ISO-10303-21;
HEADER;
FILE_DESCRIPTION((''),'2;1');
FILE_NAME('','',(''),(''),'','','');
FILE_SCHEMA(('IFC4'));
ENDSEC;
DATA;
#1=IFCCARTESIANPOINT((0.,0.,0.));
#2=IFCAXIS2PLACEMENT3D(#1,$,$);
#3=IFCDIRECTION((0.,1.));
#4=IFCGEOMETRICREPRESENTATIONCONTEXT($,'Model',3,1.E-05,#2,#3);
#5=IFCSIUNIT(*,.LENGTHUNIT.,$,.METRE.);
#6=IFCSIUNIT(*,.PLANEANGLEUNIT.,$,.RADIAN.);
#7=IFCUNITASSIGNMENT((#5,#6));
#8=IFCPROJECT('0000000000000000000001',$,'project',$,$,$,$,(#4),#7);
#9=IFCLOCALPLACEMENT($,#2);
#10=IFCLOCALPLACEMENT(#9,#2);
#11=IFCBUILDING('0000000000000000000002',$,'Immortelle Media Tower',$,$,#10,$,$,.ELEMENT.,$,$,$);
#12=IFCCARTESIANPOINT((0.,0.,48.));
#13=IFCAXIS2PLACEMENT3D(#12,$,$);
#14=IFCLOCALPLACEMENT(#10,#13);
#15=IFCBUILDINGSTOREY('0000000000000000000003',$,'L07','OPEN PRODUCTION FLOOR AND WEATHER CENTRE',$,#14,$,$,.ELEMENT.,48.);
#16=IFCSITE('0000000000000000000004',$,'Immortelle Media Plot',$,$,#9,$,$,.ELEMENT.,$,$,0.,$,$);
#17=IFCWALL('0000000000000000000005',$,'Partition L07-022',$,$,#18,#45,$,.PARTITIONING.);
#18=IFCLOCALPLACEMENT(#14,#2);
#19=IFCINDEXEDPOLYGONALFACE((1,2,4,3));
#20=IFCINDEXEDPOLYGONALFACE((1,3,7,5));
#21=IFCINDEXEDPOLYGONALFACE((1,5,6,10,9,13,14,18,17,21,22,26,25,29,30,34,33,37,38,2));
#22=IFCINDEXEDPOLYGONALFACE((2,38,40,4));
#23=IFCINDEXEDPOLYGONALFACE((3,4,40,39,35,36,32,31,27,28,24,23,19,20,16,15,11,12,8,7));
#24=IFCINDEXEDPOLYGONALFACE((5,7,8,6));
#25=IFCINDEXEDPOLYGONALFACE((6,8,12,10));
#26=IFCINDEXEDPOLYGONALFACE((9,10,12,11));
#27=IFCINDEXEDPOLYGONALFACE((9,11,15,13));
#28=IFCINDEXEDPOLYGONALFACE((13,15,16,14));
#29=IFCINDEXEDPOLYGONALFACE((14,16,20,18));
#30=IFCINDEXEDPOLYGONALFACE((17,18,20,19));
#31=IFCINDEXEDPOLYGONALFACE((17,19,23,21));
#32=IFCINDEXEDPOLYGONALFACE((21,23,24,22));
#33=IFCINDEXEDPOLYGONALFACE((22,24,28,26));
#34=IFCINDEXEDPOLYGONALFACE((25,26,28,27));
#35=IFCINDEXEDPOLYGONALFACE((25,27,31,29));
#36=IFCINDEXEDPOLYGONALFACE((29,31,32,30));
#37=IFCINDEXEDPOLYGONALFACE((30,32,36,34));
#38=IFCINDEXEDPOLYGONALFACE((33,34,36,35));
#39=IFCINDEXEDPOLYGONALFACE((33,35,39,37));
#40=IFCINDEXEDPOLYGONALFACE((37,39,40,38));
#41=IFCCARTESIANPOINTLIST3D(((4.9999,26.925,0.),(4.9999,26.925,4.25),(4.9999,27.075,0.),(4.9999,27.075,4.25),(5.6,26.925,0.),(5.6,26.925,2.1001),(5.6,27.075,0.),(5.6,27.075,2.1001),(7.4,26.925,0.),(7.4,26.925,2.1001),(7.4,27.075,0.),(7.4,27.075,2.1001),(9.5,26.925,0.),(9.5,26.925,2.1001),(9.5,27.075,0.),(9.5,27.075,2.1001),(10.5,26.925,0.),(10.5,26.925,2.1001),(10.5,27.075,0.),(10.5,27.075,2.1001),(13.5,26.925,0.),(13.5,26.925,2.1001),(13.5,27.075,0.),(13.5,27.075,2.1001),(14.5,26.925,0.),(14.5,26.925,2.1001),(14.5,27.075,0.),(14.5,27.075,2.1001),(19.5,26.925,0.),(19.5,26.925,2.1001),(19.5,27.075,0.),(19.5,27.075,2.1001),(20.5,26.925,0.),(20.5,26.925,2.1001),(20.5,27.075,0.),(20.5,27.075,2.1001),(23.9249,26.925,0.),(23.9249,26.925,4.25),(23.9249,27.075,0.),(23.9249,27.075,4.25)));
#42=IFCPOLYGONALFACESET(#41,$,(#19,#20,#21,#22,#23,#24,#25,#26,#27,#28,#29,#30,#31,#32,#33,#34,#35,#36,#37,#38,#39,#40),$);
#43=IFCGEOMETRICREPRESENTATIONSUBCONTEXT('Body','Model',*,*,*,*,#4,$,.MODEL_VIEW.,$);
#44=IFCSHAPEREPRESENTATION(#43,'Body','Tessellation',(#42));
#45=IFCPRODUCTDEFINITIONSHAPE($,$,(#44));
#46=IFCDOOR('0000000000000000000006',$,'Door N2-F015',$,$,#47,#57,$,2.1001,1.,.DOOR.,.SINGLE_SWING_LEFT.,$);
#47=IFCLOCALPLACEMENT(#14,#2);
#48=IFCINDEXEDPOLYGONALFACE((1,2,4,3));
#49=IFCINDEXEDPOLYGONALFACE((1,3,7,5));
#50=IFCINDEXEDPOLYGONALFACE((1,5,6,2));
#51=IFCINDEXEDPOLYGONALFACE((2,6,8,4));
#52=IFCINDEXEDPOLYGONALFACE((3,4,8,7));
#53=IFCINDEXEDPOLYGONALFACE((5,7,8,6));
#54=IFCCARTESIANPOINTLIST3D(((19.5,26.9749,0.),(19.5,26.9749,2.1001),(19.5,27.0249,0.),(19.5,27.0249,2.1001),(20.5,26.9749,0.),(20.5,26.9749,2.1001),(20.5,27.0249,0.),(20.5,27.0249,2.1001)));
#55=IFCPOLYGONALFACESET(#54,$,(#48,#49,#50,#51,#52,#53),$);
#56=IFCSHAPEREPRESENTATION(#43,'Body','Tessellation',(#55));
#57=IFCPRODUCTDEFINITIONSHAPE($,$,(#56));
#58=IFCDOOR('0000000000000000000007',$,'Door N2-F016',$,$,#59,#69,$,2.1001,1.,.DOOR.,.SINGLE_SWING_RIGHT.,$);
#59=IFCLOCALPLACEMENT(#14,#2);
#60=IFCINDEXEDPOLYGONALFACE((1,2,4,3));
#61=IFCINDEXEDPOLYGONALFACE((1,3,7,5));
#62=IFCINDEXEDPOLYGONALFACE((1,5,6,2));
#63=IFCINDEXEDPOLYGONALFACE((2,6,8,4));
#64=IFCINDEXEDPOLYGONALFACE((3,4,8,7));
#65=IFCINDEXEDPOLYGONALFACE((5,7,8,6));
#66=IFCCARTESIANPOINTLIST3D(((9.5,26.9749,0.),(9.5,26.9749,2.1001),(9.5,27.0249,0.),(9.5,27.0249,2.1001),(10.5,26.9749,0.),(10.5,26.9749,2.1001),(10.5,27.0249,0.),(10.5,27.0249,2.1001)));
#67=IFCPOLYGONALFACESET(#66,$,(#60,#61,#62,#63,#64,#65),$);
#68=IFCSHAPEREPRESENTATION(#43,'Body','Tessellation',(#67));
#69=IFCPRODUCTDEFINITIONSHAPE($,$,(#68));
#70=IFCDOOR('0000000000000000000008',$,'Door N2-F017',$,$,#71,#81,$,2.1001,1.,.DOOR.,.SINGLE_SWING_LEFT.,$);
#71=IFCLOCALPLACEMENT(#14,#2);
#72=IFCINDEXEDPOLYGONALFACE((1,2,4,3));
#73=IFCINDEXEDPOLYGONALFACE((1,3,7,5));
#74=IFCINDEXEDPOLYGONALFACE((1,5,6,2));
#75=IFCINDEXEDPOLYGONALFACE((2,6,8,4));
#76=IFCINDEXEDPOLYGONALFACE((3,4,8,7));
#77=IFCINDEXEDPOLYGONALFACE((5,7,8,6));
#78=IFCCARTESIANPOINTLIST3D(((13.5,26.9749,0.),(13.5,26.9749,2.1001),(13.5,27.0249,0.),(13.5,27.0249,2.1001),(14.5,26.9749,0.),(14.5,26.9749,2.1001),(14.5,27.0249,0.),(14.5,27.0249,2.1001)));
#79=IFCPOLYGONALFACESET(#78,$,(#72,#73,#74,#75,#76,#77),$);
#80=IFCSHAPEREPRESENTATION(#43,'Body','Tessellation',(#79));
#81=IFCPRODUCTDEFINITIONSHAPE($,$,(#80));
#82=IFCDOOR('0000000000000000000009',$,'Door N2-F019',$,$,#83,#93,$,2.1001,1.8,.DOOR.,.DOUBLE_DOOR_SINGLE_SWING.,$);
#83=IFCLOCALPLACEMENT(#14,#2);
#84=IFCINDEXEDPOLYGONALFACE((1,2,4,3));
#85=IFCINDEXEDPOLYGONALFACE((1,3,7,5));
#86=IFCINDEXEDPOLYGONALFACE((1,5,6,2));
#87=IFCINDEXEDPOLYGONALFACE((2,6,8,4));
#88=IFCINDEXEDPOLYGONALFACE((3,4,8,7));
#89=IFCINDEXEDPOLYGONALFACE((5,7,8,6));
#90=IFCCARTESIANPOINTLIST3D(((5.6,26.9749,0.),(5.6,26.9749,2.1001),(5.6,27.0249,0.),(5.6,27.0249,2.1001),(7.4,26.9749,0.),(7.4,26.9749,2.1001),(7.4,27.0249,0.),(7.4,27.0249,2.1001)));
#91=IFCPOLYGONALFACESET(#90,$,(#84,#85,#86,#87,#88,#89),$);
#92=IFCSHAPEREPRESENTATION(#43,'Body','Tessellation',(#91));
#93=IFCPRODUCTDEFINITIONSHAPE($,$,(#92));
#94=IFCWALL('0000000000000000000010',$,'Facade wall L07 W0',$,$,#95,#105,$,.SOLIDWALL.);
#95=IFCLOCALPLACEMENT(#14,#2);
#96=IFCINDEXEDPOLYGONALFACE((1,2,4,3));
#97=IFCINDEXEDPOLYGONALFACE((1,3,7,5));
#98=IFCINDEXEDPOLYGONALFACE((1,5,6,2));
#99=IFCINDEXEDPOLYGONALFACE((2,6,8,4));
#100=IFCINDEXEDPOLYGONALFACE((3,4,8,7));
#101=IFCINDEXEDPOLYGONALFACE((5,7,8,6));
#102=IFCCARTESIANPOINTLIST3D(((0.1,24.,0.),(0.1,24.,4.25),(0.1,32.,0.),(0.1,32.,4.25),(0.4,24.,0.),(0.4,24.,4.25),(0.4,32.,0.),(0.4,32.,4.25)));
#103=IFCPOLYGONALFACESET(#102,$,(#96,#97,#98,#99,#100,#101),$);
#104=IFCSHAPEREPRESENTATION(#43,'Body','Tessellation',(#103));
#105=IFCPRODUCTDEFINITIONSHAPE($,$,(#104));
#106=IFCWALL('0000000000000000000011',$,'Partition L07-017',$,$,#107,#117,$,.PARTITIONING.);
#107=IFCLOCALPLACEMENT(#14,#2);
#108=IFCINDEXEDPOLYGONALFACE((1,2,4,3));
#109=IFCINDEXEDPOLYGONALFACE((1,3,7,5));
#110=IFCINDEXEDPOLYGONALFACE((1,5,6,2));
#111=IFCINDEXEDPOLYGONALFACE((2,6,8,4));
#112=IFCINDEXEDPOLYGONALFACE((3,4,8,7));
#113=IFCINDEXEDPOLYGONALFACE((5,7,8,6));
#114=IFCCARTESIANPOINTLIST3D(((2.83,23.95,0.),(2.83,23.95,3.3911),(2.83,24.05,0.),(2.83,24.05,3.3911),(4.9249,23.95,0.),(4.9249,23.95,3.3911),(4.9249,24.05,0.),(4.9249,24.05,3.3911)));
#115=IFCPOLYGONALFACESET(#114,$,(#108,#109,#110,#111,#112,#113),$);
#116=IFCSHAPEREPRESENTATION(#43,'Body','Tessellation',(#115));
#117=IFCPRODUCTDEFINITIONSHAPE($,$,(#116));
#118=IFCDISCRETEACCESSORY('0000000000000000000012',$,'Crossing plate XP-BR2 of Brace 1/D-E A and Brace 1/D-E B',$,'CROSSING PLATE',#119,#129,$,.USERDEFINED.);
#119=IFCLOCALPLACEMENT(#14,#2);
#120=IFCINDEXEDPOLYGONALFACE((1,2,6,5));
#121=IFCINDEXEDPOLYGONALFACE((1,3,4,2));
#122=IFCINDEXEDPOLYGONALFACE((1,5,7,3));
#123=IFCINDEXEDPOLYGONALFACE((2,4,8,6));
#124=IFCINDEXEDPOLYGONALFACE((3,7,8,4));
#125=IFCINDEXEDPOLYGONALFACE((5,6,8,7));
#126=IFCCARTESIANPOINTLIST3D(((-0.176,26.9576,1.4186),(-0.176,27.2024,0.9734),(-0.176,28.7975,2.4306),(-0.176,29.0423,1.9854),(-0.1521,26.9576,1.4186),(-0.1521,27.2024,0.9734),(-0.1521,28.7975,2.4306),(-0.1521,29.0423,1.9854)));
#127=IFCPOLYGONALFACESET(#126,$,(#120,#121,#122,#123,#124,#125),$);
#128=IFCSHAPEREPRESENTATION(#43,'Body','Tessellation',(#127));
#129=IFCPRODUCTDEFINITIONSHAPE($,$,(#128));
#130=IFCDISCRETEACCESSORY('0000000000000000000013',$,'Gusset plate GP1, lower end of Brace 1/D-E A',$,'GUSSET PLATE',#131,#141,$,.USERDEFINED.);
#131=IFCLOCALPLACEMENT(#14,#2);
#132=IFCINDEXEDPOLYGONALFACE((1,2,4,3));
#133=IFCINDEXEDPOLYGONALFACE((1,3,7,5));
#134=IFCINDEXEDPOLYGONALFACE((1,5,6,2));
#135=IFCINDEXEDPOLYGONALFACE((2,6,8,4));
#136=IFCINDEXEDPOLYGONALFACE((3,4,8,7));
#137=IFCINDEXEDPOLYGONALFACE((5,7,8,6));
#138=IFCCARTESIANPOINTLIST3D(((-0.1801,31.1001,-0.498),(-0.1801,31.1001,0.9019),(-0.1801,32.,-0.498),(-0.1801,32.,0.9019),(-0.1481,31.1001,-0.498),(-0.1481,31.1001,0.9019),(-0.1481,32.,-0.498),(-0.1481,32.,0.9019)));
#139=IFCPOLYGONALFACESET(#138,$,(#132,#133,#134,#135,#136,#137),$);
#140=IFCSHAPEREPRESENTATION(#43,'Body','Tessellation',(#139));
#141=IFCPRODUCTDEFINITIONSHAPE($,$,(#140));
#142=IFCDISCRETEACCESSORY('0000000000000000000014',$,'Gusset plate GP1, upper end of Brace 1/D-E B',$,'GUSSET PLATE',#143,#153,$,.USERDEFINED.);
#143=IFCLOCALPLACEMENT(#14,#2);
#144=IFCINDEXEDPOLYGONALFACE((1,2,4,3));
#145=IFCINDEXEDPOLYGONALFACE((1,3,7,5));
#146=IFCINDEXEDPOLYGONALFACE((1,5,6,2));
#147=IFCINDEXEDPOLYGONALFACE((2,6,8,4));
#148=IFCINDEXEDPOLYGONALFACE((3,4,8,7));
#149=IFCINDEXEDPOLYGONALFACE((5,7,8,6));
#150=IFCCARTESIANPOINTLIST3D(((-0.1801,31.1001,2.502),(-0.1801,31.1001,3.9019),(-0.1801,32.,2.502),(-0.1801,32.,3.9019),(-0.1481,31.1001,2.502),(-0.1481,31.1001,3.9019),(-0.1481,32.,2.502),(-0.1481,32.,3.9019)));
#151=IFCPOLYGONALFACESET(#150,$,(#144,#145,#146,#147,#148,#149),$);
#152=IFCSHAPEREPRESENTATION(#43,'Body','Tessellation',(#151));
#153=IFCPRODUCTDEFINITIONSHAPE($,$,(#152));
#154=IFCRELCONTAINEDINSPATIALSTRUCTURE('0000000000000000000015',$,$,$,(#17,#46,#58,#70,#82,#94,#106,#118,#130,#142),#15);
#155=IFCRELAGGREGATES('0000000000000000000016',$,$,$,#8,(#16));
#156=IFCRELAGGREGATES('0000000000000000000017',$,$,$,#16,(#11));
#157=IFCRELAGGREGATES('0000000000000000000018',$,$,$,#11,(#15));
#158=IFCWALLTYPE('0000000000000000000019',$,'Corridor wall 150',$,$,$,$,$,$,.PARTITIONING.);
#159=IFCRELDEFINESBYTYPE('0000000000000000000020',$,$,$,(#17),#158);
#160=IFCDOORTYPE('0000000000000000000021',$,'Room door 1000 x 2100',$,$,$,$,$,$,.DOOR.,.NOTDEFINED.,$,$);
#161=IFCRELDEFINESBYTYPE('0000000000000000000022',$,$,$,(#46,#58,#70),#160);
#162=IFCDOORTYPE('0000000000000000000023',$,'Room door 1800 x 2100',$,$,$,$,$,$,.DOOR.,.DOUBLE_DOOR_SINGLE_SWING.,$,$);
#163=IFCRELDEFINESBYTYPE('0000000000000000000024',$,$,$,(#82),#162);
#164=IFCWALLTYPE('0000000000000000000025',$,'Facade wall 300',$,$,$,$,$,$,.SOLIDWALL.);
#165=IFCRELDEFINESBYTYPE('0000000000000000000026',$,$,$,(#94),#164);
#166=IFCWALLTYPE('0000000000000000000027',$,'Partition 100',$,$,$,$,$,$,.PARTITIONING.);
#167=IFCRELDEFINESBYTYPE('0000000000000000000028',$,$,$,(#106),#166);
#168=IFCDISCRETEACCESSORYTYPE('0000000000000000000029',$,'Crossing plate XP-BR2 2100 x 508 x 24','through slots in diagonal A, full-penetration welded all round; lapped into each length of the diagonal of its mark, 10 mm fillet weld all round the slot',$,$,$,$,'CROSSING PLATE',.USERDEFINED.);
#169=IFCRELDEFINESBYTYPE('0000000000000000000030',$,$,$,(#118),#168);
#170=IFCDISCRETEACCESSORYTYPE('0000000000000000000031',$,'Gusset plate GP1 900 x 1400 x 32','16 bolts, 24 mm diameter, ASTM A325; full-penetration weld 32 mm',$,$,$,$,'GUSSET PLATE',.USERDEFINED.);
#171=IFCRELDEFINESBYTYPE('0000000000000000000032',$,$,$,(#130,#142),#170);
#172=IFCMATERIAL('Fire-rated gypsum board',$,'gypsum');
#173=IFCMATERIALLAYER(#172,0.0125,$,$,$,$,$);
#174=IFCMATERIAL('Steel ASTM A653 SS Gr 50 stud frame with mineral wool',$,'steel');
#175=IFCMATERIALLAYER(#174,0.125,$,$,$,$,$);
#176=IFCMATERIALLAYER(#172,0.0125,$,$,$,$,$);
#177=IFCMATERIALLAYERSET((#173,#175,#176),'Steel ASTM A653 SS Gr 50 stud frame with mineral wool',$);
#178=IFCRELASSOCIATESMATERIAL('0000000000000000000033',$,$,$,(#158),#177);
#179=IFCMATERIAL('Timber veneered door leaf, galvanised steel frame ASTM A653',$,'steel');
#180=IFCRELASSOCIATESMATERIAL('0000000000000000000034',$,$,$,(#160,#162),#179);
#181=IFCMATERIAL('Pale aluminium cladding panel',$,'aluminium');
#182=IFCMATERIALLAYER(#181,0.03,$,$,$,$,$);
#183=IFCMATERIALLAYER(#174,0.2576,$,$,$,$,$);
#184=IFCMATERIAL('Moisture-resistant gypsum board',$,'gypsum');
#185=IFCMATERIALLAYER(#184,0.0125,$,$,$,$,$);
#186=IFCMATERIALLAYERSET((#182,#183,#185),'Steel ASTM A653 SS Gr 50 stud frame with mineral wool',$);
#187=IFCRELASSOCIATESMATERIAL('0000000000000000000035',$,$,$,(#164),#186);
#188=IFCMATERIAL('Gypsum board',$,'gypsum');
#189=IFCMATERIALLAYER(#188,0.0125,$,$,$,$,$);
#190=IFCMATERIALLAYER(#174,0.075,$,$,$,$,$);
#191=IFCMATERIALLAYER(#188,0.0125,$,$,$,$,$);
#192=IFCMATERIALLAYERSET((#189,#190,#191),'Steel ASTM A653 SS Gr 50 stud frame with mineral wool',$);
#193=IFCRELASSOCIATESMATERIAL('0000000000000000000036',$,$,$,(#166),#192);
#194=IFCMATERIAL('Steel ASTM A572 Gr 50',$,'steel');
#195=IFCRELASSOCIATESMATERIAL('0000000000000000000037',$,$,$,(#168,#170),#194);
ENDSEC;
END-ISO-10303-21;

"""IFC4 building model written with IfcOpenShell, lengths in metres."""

from ifc_helpers import new_model, si_unit, direction, frame, frame_2d, origin, origin_2d, place, context, subcontext, project, spatial, rectangle, extrude, material, layer, layer_set, material_profile, profile_set, type_object, element, fill, save


model = new_model("IFC4")

# Units and contexts
model_context = context("Model", 3, precision=1e-05, world=origin(), true_north=direction((0.0, 1.0)))
body_context = subcontext(model_context, "Body", "Model", "MODEL_VIEW")
ifc_project = project(units=[si_unit("LENGTHUNIT", "METRE"), si_unit("PLANEANGLEUNIT", "RADIAN")], contexts=[model_context])

# Site, building, storey
site_placement = place(None, origin())
site = spatial("IfcSite", under=ifc_project, at=site_placement, Name="Immortelle Media Plot", CompositionType="ELEMENT", RefElevation=0.0)
building_placement = place(site_placement, origin())
building = spatial("IfcBuilding", under=site, at=building_placement, Name="Immortelle Media Tower", CompositionType="ELEMENT")
storey_placement = place(building_placement, frame((0.0, 0.0, 48.0)))
storey = spatial("IfcBuildingStorey", under=building, at=storey_placement, Name="L07", Description="OPEN PRODUCTION FLOOR AND WEATHER CENTRE", CompositionType="ELEMENT", Elevation=48.0)

# Wall, openings, doors
ifc_material_1 = material(Name="Fire-rated gypsum board", Category="gypsum")
ifc_layer_1 = layer(ifc_material_1, 0.0125)
ifc_material_2 = material(Name="Steel ASTM A653 SS Gr 50 stud frame with mineral wool", Category="steel")
ifc_layer_2 = layer(ifc_material_2, 0.125)
ifc_layer_3 = layer(ifc_material_1, 0.0125)
ifc_layer_set_1 = layer_set([ifc_layer_1, ifc_layer_2, ifc_layer_3], Name="Steel ASTM A653 SS Gr 50 stud frame with mineral wool")
wall_type_1 = type_object("IfcWallType", Name="Corridor wall 150", PredefinedType="PARTITIONING", material=ifc_layer_set_1)
wall_1_placement = place(storey_placement, frame((5.0, 27.0, 0.0), z_axis=(0.0, 0.0, 1.0), x_axis=(1.0, 0.0, 0.0)))
wall_1 = element("IfcWall", 1, at=wall_1_placement, inside=storey, type_object=wall_type_1, Name="Partition L07-022", PredefinedType="PARTITIONING", context=body_context, shape_type="SweptSolid", body=[
    extrude(rectangle(XDim=18.925, YDim=0.1499, at=frame_2d((9.4624, 0.0))), origin(), (0.0, 0.0, 1.0), 4.25),
])
opening_1_placement = place(wall_1_placement, frame((14.5, 0.0, 0.0)))
opening_1 = element("IfcOpeningElement", 2, at=opening_1_placement, cuts=wall_1, PredefinedType="OPENING", context=body_context, shape_type="SweptSolid", body=[
    extrude(rectangle(XDim=1.0, YDim=2.1001, at=frame_2d((0.5, 1.05))), frame((0.0, 0.085, 0.0), z_axis=(0.0, -1.0, 0.0), x_axis=(1.0, 0.0, 0.0)), (0.0, 0.0, 1.0), 0.1699),
])
opening_2_placement = place(wall_1_placement, frame((4.5, 0.0, 0.0)))
opening_2 = element("IfcOpeningElement", 3, at=opening_2_placement, cuts=wall_1, PredefinedType="OPENING", context=body_context, shape_type="SweptSolid", body=[
    extrude(rectangle(XDim=1.0, YDim=2.1001, at=frame_2d((0.5, 1.05))), frame((0.0, 0.085, 0.0), z_axis=(0.0, -1.0, 0.0), x_axis=(1.0, 0.0, 0.0)), (0.0, 0.0, 1.0), 0.1699),
])
opening_3_placement = place(wall_1_placement, frame((8.5, 0.0, 0.0)))
opening_3 = element("IfcOpeningElement", 4, at=opening_3_placement, cuts=wall_1, PredefinedType="OPENING", context=body_context, shape_type="SweptSolid", body=[
    extrude(rectangle(XDim=1.0, YDim=2.1001, at=frame_2d((0.5, 1.05))), frame((0.0, 0.085, 0.0), z_axis=(0.0, -1.0, 0.0), x_axis=(1.0, 0.0, 0.0)), (0.0, 0.0, 1.0), 0.1699),
])
opening_4_placement = place(wall_1_placement, frame((0.6001, 0.0, 0.0)))
opening_4 = element("IfcOpeningElement", 5, at=opening_4_placement, cuts=wall_1, PredefinedType="OPENING", context=body_context, shape_type="SweptSolid", body=[
    extrude(rectangle(XDim=1.8, YDim=2.1001, at=frame_2d((0.8999, 1.05))), frame((0.0, 0.085, 0.0), z_axis=(0.0, -1.0, 0.0), x_axis=(1.0, 0.0, 0.0)), (0.0, 0.0, 1.0), 0.1699),
])
ifc_material_3 = material(Name="Timber veneered door leaf, galvanised steel frame ASTM A653", Category="steel")
door_type_1 = type_object("IfcDoorType", Name="Room door 1000 x 2100", OperationType="NOTDEFINED", PredefinedType="DOOR", material=ifc_material_3)
door_1_placement = place(opening_1_placement, origin())
door_1 = element("IfcDoor", 6, at=door_1_placement, inside=storey, type_object=door_type_1, Name="Door N2-F015", OperationType="SINGLE_SWING_LEFT", OverallHeight=2.1001, OverallWidth=1.0, PredefinedType="DOOR", context=body_context, shape_type="SweptSolid", body=[
    extrude(rectangle(XDim=1.0, YDim=2.1001, at=frame_2d((0.5, 1.05))), frame((0.0, 0.0249, 0.0), z_axis=(0.0, -1.0, 0.0), x_axis=(1.0, 0.0, 0.0)), (0.0, 0.0, 1.0), 0.05),
])
fill(opening_1, door_1)
door_2_placement = place(opening_2_placement, origin())
door_2 = element("IfcDoor", 7, at=door_2_placement, inside=storey, type_object=door_type_1, Name="Door N2-F016", OperationType="SINGLE_SWING_RIGHT", OverallHeight=2.1001, OverallWidth=1.0, PredefinedType="DOOR", context=body_context, shape_type="SweptSolid", body=[
    extrude(rectangle(XDim=1.0, YDim=2.1001, at=frame_2d((0.5, 1.05))), frame((0.0, 0.0249, 0.0), z_axis=(0.0, -1.0, 0.0), x_axis=(1.0, 0.0, 0.0)), (0.0, 0.0, 1.0), 0.05),
])
fill(opening_2, door_2)
door_3_placement = place(opening_3_placement, origin())
door_3 = element("IfcDoor", 8, at=door_3_placement, inside=storey, type_object=door_type_1, Name="Door N2-F017", OperationType="SINGLE_SWING_LEFT", OverallHeight=2.1001, OverallWidth=1.0, PredefinedType="DOOR", context=body_context, shape_type="SweptSolid", body=[
    extrude(rectangle(XDim=1.0, YDim=2.1001, at=frame_2d((0.5, 1.05))), frame((0.0, 0.0249, 0.0), z_axis=(0.0, -1.0, 0.0), x_axis=(1.0, 0.0, 0.0)), (0.0, 0.0, 1.0), 0.05),
])
fill(opening_3, door_3)
door_type_2 = type_object("IfcDoorType", Name="Room door 1800 x 2100", OperationType="DOUBLE_DOOR_SINGLE_SWING", PredefinedType="DOOR", material=ifc_material_3)
door_4_placement = place(opening_4_placement, origin())
door_4 = element("IfcDoor", 9, at=door_4_placement, inside=storey, type_object=door_type_2, Name="Door N2-F019", OperationType="DOUBLE_DOOR_SINGLE_SWING", OverallHeight=2.1001, OverallWidth=1.8, PredefinedType="DOOR", context=body_context, shape_type="SweptSolid", body=[
    extrude(rectangle(XDim=1.8, YDim=2.1001, at=frame_2d((0.8999, 1.05))), frame((0.0, 0.0249, 0.0), z_axis=(0.0, -1.0, 0.0), x_axis=(1.0, 0.0, 0.0)), (0.0, 0.0, 1.0), 0.05),
])
fill(opening_4, door_4)

# Walls
ifc_material_4 = material(Name="Pale aluminium cladding panel", Category="aluminium")
ifc_layer_4 = layer(ifc_material_4, 0.03)
ifc_layer_5 = layer(ifc_material_2, 0.2576)
ifc_material_5 = material(Name="Moisture-resistant gypsum board", Category="gypsum")
ifc_layer_6 = layer(ifc_material_5, 0.0125)
ifc_layer_set_2 = layer_set([ifc_layer_4, ifc_layer_5, ifc_layer_6], Name="Steel ASTM A653 SS Gr 50 stud frame with mineral wool")
wall_type_2 = type_object("IfcWallType", Name="Facade wall 300", PredefinedType="SOLIDWALL", material=ifc_layer_set_2)
wall_2_placement = place(storey_placement, frame((0.25, 32.0, 0.0), z_axis=(0.0, 0.0, 1.0), x_axis=(0.0, -1.0, 0.0)))
element("IfcWall", 10, at=wall_2_placement, inside=storey, type_object=wall_type_2, Name="Facade wall L07 W0", PredefinedType="SOLIDWALL", context=body_context, shape_type="SweptSolid", body=[
    extrude(rectangle(XDim=8.0, YDim=0.3, at=frame_2d((4.0, 0.0))), origin(), (0.0, 0.0, 1.0), 4.25),
])
ifc_material_6 = material(Name="Gypsum board", Category="gypsum")
ifc_layer_7 = layer(ifc_material_6, 0.0125)
ifc_layer_8 = layer(ifc_material_2, 0.075)
ifc_layer_9 = layer(ifc_material_6, 0.0125)
ifc_layer_set_3 = layer_set([ifc_layer_7, ifc_layer_8, ifc_layer_9], Name="Steel ASTM A653 SS Gr 50 stud frame with mineral wool")
wall_type_3 = type_object("IfcWallType", Name="Partition 100", PredefinedType="PARTITIONING", material=ifc_layer_set_3)
wall_3_placement = place(storey_placement, frame((2.8301, 24.0, 0.0), z_axis=(0.0, 0.0, 1.0), x_axis=(1.0, 0.0, 0.0)))
element("IfcWall", 11, at=wall_3_placement, inside=storey, type_object=wall_type_3, Name="Partition L07-017", PredefinedType="PARTITIONING", context=body_context, shape_type="SweptSolid", body=[
    extrude(rectangle(XDim=2.095, YDim=0.1001, at=frame_2d((1.0474, 0.0))), origin(), (0.0, 0.0, 1.0), 3.3911),
])

# Discrete accessories
ifc_material_7 = material(Name="Steel ASTM A572 Gr 50", Category="steel")
ifc_material_profile_1 = material_profile(ifc_material_7, rectangle(XDim=0.0239, YDim=0.5081, at=origin_2d()), Name="PL 24 x 508")
ifc_profile_set_1 = profile_set([ifc_material_profile_1], Name="Steel ASTM A572 Gr 50")
discrete_accessory_type_1 = type_object("IfcDiscreteAccessoryType", Name="Crossing plate XP-BR2 2100 x 508 x 24", Description="through slots in diagonal A, full-penetration welded all round; lapped into each length of the diagonal of its mark, 10 mm fillet weld all round the slot", ElementType="CROSSING PLATE", PredefinedType="USERDEFINED", material=ifc_profile_set_1)
discrete_accessory_placement = place(storey_placement, frame((-0.1641, 28.9199, 2.208), z_axis=(0.0, -0.876206, -0.481937), x_axis=(1.0, 0.0, 0.0)))
element("IfcDiscreteAccessory", 12, at=discrete_accessory_placement, inside=storey, type_object=discrete_accessory_type_1, Name="Crossing plate XP-BR2 of Brace 1/D-E A and Brace 1/D-E B", ObjectType="CROSSING PLATE", PredefinedType="USERDEFINED", context=body_context, shape_type="SweptSolid", body=[
    extrude(rectangle(XDim=0.0239, YDim=0.5081, at=origin_2d()), origin(), (0.0, 0.0, 1.0), 2.0999),
])
ifc_material_profile_2 = material_profile(ifc_material_7, rectangle(XDim=0.032, YDim=1.3999, at=origin_2d()), Name="PL 32 x 1400")
ifc_profile_set_2 = profile_set([ifc_material_profile_2], Name="Steel ASTM A572 Gr 50")
discrete_accessory_type_2 = type_object("IfcDiscreteAccessoryType", Name="Gusset plate GP1 900 x 1400 x 32", Description="16 bolts, 24 mm diameter, ASTM A325; full-penetration weld 32 mm", ElementType="GUSSET PLATE", PredefinedType="USERDEFINED", material=ifc_profile_set_2)
for number, where, z_axis, x_axis, name in (
    (13, (-0.1641, 32.0, 0.2019), (0.0, -1.0, 0.0), (1.0, 0.0, 0.0), "Gusset plate GP1, lower end of Brace 1/D-E A"),
    (14, (-0.1641, 32.0, 3.2019), (0.0, -1.0, 0.0), (1.0, 0.0, 0.0), "Gusset plate GP1, upper end of Brace 1/D-E B"),
):
    element("IfcDiscreteAccessory", number, at=place(storey_placement, frame(where, z_axis=z_axis, x_axis=x_axis)), inside=storey, type_object=discrete_accessory_type_2, Name=name, ObjectType="GUSSET PLATE", PredefinedType="USERDEFINED", context=body_context, shape_type="SweptSolid", body=[
        extrude(rectangle(XDim=0.032, YDim=1.3999, at=origin_2d()), origin(), (0.0, 0.0, 1.0), 0.8999),
    ])

save(model, "model.ifc")
